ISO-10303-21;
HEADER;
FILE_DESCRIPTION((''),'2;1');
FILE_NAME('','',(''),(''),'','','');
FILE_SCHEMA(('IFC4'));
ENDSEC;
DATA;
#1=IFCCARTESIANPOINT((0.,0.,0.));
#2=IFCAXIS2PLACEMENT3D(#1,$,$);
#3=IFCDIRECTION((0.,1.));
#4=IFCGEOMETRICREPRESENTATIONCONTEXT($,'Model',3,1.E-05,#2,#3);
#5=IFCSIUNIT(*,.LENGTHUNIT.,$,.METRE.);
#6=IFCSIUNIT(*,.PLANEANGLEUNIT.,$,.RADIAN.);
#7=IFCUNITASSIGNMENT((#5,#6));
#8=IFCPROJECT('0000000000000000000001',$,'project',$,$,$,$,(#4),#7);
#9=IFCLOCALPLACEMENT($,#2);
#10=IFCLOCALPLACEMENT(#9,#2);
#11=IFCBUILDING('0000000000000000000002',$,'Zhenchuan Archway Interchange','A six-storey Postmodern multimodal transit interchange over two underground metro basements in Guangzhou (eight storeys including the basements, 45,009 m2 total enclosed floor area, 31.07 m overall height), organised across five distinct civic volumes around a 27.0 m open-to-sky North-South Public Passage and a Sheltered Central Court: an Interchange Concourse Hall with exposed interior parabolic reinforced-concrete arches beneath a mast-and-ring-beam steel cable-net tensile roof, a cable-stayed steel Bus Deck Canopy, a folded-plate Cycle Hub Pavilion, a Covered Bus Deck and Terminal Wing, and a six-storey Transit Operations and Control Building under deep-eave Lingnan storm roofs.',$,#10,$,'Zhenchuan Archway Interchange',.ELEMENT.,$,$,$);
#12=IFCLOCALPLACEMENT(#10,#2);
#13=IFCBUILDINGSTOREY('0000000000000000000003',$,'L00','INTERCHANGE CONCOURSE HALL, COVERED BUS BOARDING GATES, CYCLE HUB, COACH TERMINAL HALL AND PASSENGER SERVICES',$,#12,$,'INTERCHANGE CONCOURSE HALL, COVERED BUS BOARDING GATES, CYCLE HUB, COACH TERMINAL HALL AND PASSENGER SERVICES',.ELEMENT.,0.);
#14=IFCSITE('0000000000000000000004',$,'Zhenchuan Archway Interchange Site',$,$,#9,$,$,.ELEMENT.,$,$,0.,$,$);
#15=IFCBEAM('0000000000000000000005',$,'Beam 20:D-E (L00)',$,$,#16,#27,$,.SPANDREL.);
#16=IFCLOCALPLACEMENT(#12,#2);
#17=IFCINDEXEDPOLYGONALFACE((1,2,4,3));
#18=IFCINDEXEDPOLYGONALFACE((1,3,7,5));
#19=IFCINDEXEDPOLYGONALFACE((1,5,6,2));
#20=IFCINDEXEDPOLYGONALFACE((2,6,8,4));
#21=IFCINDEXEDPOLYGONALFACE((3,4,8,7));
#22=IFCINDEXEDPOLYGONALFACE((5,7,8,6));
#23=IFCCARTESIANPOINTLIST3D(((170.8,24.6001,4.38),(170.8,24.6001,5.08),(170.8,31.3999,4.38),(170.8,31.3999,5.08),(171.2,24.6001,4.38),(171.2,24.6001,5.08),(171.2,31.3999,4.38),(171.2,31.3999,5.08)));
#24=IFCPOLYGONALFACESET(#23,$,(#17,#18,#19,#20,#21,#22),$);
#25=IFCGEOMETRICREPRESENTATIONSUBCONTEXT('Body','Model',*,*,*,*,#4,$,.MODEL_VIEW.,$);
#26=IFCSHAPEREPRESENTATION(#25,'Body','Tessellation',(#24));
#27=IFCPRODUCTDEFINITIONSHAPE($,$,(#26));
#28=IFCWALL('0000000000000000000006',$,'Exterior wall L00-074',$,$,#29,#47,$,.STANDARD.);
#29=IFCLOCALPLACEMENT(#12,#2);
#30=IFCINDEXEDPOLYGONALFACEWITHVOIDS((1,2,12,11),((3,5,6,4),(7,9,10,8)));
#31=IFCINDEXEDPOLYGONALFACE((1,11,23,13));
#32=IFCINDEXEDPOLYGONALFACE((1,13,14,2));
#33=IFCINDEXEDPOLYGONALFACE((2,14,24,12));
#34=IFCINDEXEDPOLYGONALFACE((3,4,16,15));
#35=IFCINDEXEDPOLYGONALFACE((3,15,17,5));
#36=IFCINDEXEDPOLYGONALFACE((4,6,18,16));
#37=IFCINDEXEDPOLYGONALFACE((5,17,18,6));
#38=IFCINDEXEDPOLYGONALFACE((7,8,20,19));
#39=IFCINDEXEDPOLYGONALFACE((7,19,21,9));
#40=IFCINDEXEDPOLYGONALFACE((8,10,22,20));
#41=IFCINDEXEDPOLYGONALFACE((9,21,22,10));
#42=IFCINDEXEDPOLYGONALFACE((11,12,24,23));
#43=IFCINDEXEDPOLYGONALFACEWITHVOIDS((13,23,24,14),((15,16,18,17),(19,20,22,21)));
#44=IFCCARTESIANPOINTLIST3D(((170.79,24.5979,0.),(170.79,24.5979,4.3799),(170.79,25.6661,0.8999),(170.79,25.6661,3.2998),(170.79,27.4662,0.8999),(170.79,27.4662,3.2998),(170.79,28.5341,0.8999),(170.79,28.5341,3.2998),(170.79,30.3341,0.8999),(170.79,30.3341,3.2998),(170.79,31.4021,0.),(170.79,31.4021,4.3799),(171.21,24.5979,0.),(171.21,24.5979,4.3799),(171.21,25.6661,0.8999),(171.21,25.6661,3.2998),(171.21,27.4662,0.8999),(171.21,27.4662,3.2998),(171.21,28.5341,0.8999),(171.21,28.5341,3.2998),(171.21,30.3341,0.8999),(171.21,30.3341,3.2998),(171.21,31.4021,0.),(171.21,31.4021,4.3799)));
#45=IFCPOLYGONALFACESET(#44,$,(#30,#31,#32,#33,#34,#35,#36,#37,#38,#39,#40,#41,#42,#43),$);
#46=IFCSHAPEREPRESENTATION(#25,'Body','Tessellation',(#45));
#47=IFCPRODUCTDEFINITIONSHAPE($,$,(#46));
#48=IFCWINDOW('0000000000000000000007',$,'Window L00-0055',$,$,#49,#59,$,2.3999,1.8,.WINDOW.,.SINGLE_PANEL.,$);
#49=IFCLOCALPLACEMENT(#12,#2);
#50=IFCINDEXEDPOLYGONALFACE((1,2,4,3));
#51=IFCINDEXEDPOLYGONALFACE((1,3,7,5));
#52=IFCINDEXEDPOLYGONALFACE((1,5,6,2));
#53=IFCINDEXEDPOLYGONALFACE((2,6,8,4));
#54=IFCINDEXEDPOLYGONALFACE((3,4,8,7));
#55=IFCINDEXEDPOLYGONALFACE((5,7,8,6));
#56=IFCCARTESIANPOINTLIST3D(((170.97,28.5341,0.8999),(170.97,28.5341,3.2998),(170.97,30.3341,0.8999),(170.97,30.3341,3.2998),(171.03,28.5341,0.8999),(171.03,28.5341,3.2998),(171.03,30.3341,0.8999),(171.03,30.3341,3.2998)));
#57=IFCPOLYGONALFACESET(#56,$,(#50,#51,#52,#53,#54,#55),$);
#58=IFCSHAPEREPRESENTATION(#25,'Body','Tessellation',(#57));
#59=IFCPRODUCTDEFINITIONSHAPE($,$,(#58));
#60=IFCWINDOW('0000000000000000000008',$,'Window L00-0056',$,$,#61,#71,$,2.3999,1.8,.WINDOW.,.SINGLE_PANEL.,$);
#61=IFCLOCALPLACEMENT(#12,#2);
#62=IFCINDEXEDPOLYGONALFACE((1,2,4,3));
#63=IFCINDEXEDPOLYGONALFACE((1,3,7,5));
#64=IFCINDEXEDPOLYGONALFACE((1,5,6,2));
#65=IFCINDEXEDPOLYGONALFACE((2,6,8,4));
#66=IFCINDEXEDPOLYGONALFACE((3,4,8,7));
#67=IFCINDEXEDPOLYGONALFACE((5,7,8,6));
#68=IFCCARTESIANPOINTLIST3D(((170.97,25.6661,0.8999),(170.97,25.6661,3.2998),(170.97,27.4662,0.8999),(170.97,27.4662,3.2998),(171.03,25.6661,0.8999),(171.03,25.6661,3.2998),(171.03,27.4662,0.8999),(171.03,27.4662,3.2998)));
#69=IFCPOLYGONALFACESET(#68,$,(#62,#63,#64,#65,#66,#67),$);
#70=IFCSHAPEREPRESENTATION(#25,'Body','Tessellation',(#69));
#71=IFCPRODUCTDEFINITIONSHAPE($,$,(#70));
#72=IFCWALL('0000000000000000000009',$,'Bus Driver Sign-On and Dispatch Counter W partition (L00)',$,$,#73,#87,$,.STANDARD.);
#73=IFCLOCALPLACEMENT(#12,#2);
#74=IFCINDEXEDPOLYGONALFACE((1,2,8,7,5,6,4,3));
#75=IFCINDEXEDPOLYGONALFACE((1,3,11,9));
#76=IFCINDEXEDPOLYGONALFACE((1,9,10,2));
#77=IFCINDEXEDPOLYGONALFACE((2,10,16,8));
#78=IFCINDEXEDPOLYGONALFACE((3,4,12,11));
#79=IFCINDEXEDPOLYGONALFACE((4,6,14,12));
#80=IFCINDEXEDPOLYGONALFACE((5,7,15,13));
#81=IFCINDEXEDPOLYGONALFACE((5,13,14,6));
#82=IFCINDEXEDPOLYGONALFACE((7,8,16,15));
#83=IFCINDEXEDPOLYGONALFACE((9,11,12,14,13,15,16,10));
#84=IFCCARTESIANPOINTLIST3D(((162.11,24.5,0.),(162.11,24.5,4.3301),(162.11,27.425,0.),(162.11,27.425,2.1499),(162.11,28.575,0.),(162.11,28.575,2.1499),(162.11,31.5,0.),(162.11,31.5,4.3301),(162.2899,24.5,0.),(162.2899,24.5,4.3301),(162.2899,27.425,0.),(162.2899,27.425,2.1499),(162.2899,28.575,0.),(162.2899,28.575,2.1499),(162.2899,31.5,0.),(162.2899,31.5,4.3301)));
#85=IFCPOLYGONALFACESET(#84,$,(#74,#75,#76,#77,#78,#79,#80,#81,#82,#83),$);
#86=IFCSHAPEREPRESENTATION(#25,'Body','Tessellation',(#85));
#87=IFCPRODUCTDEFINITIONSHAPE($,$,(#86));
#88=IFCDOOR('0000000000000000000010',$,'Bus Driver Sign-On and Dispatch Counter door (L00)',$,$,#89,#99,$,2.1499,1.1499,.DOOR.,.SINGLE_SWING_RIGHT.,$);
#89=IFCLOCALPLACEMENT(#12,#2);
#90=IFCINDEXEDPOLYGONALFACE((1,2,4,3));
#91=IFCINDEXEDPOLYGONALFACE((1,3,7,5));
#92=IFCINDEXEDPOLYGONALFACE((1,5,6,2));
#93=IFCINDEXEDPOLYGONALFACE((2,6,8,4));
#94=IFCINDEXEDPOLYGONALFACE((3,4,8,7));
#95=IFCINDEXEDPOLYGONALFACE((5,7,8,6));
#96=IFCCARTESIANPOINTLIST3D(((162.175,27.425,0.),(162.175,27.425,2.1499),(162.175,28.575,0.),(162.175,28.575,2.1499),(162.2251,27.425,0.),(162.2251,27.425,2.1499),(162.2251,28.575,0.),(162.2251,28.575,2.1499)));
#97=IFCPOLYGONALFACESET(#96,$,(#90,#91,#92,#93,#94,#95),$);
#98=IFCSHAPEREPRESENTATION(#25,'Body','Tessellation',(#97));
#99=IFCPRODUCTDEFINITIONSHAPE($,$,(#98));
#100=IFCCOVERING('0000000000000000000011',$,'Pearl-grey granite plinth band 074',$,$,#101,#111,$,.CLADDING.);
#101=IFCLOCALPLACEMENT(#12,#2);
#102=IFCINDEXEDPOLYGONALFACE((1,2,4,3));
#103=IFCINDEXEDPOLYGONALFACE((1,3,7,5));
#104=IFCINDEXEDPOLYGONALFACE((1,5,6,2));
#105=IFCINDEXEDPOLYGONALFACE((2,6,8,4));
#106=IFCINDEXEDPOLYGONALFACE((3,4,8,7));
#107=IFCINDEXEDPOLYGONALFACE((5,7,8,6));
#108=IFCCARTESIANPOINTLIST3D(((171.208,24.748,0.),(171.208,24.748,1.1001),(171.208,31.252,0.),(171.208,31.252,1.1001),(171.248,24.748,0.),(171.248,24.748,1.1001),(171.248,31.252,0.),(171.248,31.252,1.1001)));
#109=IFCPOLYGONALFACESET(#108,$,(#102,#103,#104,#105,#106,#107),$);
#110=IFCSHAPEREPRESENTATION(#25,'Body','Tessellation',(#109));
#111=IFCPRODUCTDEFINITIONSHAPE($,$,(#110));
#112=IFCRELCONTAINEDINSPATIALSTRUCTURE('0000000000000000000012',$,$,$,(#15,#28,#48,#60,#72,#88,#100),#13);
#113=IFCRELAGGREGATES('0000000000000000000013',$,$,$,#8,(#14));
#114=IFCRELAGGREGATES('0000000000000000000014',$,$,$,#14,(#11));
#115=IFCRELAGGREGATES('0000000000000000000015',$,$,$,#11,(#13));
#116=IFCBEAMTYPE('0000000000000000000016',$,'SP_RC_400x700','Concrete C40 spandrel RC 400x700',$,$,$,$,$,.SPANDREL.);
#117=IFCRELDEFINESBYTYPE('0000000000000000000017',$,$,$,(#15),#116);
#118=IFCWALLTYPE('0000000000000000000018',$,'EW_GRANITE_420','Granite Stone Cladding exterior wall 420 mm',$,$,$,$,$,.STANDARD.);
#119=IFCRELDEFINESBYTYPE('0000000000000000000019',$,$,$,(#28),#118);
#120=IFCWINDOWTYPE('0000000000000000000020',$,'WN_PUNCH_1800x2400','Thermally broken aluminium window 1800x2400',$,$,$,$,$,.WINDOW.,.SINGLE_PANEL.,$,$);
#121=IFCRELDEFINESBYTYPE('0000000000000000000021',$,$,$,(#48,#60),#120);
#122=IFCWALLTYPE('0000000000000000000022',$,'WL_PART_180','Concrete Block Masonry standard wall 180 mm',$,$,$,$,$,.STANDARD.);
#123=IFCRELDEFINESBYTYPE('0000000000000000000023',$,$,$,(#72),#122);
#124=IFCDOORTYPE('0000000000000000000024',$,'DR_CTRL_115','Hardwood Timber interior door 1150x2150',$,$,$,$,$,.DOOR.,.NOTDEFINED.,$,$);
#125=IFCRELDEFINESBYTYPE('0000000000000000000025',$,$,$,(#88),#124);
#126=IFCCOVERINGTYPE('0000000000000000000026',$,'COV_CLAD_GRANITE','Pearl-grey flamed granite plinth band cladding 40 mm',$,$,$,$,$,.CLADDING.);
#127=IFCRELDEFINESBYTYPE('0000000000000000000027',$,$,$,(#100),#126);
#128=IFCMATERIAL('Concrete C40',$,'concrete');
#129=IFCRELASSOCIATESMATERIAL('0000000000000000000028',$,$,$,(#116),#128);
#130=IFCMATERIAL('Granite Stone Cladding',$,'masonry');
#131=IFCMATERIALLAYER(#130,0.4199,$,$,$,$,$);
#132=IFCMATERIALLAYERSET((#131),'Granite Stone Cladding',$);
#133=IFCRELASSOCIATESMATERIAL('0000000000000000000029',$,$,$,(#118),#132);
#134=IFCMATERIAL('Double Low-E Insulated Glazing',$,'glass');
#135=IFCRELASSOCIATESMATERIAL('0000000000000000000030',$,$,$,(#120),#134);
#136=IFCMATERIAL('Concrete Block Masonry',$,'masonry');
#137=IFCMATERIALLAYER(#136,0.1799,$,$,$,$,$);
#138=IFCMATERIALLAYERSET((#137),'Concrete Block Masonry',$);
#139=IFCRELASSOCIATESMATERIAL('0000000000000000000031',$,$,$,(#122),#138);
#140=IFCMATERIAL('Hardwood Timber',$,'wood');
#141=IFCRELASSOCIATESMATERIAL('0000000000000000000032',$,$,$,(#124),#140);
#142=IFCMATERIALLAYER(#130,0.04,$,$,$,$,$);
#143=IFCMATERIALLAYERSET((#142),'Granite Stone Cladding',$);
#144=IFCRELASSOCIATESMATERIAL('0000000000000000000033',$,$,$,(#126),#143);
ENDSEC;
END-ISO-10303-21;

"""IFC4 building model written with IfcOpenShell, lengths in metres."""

from ifc_helpers import new_model, si_unit, direction, frame, frame_2d, origin, origin_2d, place, context, subcontext, project, spatial, rectangle, extrude, material, layer, layer_set, material_profile, profile_set, type_object, element, fill, save


model = new_model("IFC4")

# Units and contexts
model_context = context("Model", 3, precision=1e-05, world=origin(), true_north=direction((0.0, 1.0)))
body_context = subcontext(model_context, "Body", "Model", "MODEL_VIEW")
ifc_project = project(units=[si_unit("LENGTHUNIT", "METRE"), si_unit("PLANEANGLEUNIT", "RADIAN")], contexts=[model_context])

# Site, building, storey
site_placement = place(None, origin())
site = spatial("IfcSite", under=ifc_project, at=site_placement, Name="Zhenchuan Archway Interchange Site", CompositionType="ELEMENT", RefElevation=0.0)
building_placement = place(site_placement, origin())
building = spatial("IfcBuilding", under=site, at=building_placement, Name="Zhenchuan Archway Interchange", Description="A six-storey Postmodern multimodal transit interchange over two underground metro basements in Guangzhou (eight storeys including the basements, 45,009 m2 total enclosed floor area, 31.07 m overall height), organised across five distinct civic volumes around a 27.0 m open-to-sky North-South Public Passage and a Sheltered Central Court: an Interchange Concourse Hall with exposed interior parabolic reinforced-concrete arches beneath a mast-and-ring-beam steel cable-net tensile roof, a cable-stayed steel Bus Deck Canopy, a folded-plate Cycle Hub Pavilion, a Covered Bus Deck and Terminal Wing, and a six-storey Transit Operations and Control Building under deep-eave Lingnan storm roofs.", LongName="Zhenchuan Archway Interchange", CompositionType="ELEMENT")
storey_placement = place(building_placement, origin())
storey = spatial("IfcBuildingStorey", under=building, at=storey_placement, Name="L00", Description="INTERCHANGE CONCOURSE HALL, COVERED BUS BOARDING GATES, CYCLE HUB, COACH TERMINAL HALL AND PASSENGER SERVICES", LongName="INTERCHANGE CONCOURSE HALL, COVERED BUS BOARDING GATES, CYCLE HUB, COACH TERMINAL HALL AND PASSENGER SERVICES", CompositionType="ELEMENT", Elevation=0.0)

# Shared definitions
ifc_material_1 = material(Name="Concrete C40", Category="concrete")

# Beam
ifc_material_profile_1 = material_profile(ifc_material_1, rectangle(XDim=0.3999, YDim=0.7, at=origin_2d()), Name="RC 400x700")
ifc_profile_set_1 = profile_set([ifc_material_profile_1], Name="Concrete C40")
beam_type_1 = type_object("IfcBeamType", Name="SP_RC_400x700", Description="Concrete C40 spandrel RC 400x700", PredefinedType="SPANDREL", material=ifc_profile_set_1)
beam_1_placement = place(storey_placement, frame((171.0, 24.6001, 4.73), z_axis=(0.0, 1.0, 0.0), x_axis=(-1.0, 0.0, 0.0)))
element("IfcBeam", 1, at=beam_1_placement, inside=storey, type_object=beam_type_1, Name="Beam 20:D-E (L00)", PredefinedType="SPANDREL", context=body_context, shape_type="SweptSolid", body=[
    extrude(rectangle(XDim=0.3999, YDim=0.7, at=origin_2d()), origin(), (0.0, 0.0, 1.0), 6.7998),
])

# Wall, openings, windows
ifc_material_2 = material(Name="Granite Stone Cladding", Category="masonry")
ifc_layer_1 = layer(ifc_material_2, 0.4199)
ifc_layer_set_1 = layer_set([ifc_layer_1], Name="Granite Stone Cladding")
wall_type_1 = type_object("IfcWallType", Name="EW_GRANITE_420", Description="Granite Stone Cladding exterior wall 420 mm", PredefinedType="STANDARD", material=ifc_layer_set_1)
wall_1_placement = place(storey_placement, frame((171.0, 31.4021, 0.0), z_axis=(0.0, 0.0, 1.0), x_axis=(0.0, -1.0, 0.0)))
wall_1 = element("IfcWall", 2, at=wall_1_placement, inside=storey, type_object=wall_type_1, Name="Exterior wall L00-074", PredefinedType="STANDARD", context=body_context, shape_type="SweptSolid", body=[
    extrude(rectangle(XDim=6.8042, YDim=0.4199, at=frame_2d((3.4021, 0.0))), origin(), (0.0, 0.0, 1.0), 4.3799),
])
opening_1_placement = place(wall_1_placement, frame((1.0681, 0.0, 0.8999)))
opening_1 = element("IfcOpeningElement", 3, at=opening_1_placement, cuts=wall_1, PredefinedType="OPENING", context=body_context, shape_type="SweptSolid", body=[
    extrude(rectangle(XDim=1.8, YDim=2.3999, at=frame_2d((0.8999, 1.2))), frame((0.0, 0.2219, 0.0), z_axis=(0.0, -1.0, 0.0), x_axis=(1.0, 0.0, 0.0)), (0.0, 0.0, 1.0), 0.4438),
])
opening_2_placement = place(wall_1_placement, frame((3.936, 0.0, 0.8999)))
opening_2 = element("IfcOpeningElement", 4, at=opening_2_placement, cuts=wall_1, PredefinedType="OPENING", context=body_context, shape_type="SweptSolid", body=[
    extrude(rectangle(XDim=1.8, YDim=2.3999, at=frame_2d((0.8999, 1.2))), frame((0.0, 0.2219, 0.0), z_axis=(0.0, -1.0, 0.0), x_axis=(1.0, 0.0, 0.0)), (0.0, 0.0, 1.0), 0.4438),
])
ifc_material_3 = material(Name="Double Low-E Insulated Glazing", Category="glass")
window_type = type_object("IfcWindowType", Name="WN_PUNCH_1800x2400", Description="Thermally broken aluminium window 1800x2400", PartitioningType="SINGLE_PANEL", PredefinedType="WINDOW", material=ifc_material_3)
window_1_placement = place(opening_1_placement, origin())
window_1 = element("IfcWindow", 5, at=window_1_placement, inside=storey, type_object=window_type, Name="Window L00-0055", OverallHeight=2.3999, OverallWidth=1.8, PartitioningType="SINGLE_PANEL", PredefinedType="WINDOW", context=body_context, shape_type="SweptSolid", body=[
    extrude(rectangle(XDim=1.8, YDim=2.3999, at=frame_2d((0.8999, 1.2))), frame((0.0, 0.03, 0.0), z_axis=(0.0, -1.0, 0.0), x_axis=(1.0, 0.0, 0.0)), (0.0, 0.0, 1.0), 0.0601),
])
fill(opening_1, window_1)
window_2_placement = place(opening_2_placement, origin())
window_2 = element("IfcWindow", 6, at=window_2_placement, inside=storey, type_object=window_type, Name="Window L00-0056", OverallHeight=2.3999, OverallWidth=1.8, PartitioningType="SINGLE_PANEL", PredefinedType="WINDOW", context=body_context, shape_type="SweptSolid", body=[
    extrude(rectangle(XDim=1.8, YDim=2.3999, at=frame_2d((0.8999, 1.2))), frame((0.0, 0.03, 0.0), z_axis=(0.0, -1.0, 0.0), x_axis=(1.0, 0.0, 0.0)), (0.0, 0.0, 1.0), 0.0601),
])
fill(opening_2, window_2)

# Wall, opening, door
ifc_material_4 = material(Name="Concrete Block Masonry", Category="masonry")
ifc_layer_2 = layer(ifc_material_4, 0.1799)
ifc_layer_set_2 = layer_set([ifc_layer_2], Name="Concrete Block Masonry")
wall_type_2 = type_object("IfcWallType", Name="WL_PART_180", Description="Concrete Block Masonry standard wall 180 mm", PredefinedType="STANDARD", material=ifc_layer_set_2)
wall_2_placement = place(storey_placement, frame((162.2, 24.5, 0.0), z_axis=(0.0, 0.0, 1.0), x_axis=(0.0, 1.0, 0.0)))
wall_2 = element("IfcWall", 7, at=wall_2_placement, inside=storey, type_object=wall_type_2, Name="Bus Driver Sign-On and Dispatch Counter W partition (L00)", PredefinedType="STANDARD", context=body_context, shape_type="SweptSolid", body=[
    extrude(rectangle(XDim=7.0, YDim=0.1799, at=frame_2d((3.5, 0.0))), origin(), (0.0, 0.0, 1.0), 4.3301),
])
opening_3_placement = place(wall_2_placement, frame((2.925, 0.0, 0.0)))
opening_3 = element("IfcOpeningElement", 8, at=opening_3_placement, cuts=wall_2, PredefinedType="OPENING", context=body_context, shape_type="SweptSolid", body=[
    extrude(rectangle(XDim=1.1499, YDim=2.1499, at=frame_2d((0.575, 1.075))), frame((0.0, 0.1021, 0.0), z_axis=(0.0, -1.0, 0.0), x_axis=(1.0, 0.0, 0.0)), (0.0, 0.0, 1.0), 0.2039),
])
ifc_material_5 = material(Name="Hardwood Timber", Category="wood")
door_type = type_object("IfcDoorType", Name="DR_CTRL_115", Description="Hardwood Timber interior door 1150x2150", OperationType="NOTDEFINED", PredefinedType="DOOR", material=ifc_material_5)
door_placement = place(opening_3_placement, origin())
door = element("IfcDoor", 9, at=door_placement, inside=storey, type_object=door_type, Name="Bus Driver Sign-On and Dispatch Counter door (L00)", OperationType="SINGLE_SWING_RIGHT", OverallHeight=2.1499, OverallWidth=1.1499, PredefinedType="DOOR", context=body_context, shape_type="SweptSolid", body=[
    extrude(rectangle(XDim=1.1499, YDim=2.1499, at=frame_2d((0.575, 1.075))), frame((0.0, 0.0249, 0.0), z_axis=(0.0, -1.0, 0.0), x_axis=(1.0, 0.0, 0.0)), (0.0, 0.0, 1.0), 0.05),
])
fill(opening_3, door)

# Covering
ifc_layer_3 = layer(ifc_material_2, 0.04)
ifc_layer_set_3 = layer_set([ifc_layer_3], Name="Granite Stone Cladding")
covering_type = type_object("IfcCoveringType", Name="COV_CLAD_GRANITE", Description="Pearl-grey flamed granite plinth band cladding 40 mm", PredefinedType="CLADDING", material=ifc_layer_set_3)
covering_placement = place(storey_placement, frame((171.228, 28.0, 0.0), z_axis=(0.0, 0.0, 1.0), x_axis=(0.0, -1.0, 0.0)))
element("IfcCovering", 10, at=covering_placement, inside=storey, type_object=covering_type, Name="Pearl-grey granite plinth band 074", PredefinedType="CLADDING", context=body_context, shape_type="SweptSolid", body=[
    extrude(rectangle(XDim=6.5039, YDim=0.04, at=origin_2d()), origin(), (0.0, 0.0, 1.0), 1.1001),
])

save(model, "model.ifc")
